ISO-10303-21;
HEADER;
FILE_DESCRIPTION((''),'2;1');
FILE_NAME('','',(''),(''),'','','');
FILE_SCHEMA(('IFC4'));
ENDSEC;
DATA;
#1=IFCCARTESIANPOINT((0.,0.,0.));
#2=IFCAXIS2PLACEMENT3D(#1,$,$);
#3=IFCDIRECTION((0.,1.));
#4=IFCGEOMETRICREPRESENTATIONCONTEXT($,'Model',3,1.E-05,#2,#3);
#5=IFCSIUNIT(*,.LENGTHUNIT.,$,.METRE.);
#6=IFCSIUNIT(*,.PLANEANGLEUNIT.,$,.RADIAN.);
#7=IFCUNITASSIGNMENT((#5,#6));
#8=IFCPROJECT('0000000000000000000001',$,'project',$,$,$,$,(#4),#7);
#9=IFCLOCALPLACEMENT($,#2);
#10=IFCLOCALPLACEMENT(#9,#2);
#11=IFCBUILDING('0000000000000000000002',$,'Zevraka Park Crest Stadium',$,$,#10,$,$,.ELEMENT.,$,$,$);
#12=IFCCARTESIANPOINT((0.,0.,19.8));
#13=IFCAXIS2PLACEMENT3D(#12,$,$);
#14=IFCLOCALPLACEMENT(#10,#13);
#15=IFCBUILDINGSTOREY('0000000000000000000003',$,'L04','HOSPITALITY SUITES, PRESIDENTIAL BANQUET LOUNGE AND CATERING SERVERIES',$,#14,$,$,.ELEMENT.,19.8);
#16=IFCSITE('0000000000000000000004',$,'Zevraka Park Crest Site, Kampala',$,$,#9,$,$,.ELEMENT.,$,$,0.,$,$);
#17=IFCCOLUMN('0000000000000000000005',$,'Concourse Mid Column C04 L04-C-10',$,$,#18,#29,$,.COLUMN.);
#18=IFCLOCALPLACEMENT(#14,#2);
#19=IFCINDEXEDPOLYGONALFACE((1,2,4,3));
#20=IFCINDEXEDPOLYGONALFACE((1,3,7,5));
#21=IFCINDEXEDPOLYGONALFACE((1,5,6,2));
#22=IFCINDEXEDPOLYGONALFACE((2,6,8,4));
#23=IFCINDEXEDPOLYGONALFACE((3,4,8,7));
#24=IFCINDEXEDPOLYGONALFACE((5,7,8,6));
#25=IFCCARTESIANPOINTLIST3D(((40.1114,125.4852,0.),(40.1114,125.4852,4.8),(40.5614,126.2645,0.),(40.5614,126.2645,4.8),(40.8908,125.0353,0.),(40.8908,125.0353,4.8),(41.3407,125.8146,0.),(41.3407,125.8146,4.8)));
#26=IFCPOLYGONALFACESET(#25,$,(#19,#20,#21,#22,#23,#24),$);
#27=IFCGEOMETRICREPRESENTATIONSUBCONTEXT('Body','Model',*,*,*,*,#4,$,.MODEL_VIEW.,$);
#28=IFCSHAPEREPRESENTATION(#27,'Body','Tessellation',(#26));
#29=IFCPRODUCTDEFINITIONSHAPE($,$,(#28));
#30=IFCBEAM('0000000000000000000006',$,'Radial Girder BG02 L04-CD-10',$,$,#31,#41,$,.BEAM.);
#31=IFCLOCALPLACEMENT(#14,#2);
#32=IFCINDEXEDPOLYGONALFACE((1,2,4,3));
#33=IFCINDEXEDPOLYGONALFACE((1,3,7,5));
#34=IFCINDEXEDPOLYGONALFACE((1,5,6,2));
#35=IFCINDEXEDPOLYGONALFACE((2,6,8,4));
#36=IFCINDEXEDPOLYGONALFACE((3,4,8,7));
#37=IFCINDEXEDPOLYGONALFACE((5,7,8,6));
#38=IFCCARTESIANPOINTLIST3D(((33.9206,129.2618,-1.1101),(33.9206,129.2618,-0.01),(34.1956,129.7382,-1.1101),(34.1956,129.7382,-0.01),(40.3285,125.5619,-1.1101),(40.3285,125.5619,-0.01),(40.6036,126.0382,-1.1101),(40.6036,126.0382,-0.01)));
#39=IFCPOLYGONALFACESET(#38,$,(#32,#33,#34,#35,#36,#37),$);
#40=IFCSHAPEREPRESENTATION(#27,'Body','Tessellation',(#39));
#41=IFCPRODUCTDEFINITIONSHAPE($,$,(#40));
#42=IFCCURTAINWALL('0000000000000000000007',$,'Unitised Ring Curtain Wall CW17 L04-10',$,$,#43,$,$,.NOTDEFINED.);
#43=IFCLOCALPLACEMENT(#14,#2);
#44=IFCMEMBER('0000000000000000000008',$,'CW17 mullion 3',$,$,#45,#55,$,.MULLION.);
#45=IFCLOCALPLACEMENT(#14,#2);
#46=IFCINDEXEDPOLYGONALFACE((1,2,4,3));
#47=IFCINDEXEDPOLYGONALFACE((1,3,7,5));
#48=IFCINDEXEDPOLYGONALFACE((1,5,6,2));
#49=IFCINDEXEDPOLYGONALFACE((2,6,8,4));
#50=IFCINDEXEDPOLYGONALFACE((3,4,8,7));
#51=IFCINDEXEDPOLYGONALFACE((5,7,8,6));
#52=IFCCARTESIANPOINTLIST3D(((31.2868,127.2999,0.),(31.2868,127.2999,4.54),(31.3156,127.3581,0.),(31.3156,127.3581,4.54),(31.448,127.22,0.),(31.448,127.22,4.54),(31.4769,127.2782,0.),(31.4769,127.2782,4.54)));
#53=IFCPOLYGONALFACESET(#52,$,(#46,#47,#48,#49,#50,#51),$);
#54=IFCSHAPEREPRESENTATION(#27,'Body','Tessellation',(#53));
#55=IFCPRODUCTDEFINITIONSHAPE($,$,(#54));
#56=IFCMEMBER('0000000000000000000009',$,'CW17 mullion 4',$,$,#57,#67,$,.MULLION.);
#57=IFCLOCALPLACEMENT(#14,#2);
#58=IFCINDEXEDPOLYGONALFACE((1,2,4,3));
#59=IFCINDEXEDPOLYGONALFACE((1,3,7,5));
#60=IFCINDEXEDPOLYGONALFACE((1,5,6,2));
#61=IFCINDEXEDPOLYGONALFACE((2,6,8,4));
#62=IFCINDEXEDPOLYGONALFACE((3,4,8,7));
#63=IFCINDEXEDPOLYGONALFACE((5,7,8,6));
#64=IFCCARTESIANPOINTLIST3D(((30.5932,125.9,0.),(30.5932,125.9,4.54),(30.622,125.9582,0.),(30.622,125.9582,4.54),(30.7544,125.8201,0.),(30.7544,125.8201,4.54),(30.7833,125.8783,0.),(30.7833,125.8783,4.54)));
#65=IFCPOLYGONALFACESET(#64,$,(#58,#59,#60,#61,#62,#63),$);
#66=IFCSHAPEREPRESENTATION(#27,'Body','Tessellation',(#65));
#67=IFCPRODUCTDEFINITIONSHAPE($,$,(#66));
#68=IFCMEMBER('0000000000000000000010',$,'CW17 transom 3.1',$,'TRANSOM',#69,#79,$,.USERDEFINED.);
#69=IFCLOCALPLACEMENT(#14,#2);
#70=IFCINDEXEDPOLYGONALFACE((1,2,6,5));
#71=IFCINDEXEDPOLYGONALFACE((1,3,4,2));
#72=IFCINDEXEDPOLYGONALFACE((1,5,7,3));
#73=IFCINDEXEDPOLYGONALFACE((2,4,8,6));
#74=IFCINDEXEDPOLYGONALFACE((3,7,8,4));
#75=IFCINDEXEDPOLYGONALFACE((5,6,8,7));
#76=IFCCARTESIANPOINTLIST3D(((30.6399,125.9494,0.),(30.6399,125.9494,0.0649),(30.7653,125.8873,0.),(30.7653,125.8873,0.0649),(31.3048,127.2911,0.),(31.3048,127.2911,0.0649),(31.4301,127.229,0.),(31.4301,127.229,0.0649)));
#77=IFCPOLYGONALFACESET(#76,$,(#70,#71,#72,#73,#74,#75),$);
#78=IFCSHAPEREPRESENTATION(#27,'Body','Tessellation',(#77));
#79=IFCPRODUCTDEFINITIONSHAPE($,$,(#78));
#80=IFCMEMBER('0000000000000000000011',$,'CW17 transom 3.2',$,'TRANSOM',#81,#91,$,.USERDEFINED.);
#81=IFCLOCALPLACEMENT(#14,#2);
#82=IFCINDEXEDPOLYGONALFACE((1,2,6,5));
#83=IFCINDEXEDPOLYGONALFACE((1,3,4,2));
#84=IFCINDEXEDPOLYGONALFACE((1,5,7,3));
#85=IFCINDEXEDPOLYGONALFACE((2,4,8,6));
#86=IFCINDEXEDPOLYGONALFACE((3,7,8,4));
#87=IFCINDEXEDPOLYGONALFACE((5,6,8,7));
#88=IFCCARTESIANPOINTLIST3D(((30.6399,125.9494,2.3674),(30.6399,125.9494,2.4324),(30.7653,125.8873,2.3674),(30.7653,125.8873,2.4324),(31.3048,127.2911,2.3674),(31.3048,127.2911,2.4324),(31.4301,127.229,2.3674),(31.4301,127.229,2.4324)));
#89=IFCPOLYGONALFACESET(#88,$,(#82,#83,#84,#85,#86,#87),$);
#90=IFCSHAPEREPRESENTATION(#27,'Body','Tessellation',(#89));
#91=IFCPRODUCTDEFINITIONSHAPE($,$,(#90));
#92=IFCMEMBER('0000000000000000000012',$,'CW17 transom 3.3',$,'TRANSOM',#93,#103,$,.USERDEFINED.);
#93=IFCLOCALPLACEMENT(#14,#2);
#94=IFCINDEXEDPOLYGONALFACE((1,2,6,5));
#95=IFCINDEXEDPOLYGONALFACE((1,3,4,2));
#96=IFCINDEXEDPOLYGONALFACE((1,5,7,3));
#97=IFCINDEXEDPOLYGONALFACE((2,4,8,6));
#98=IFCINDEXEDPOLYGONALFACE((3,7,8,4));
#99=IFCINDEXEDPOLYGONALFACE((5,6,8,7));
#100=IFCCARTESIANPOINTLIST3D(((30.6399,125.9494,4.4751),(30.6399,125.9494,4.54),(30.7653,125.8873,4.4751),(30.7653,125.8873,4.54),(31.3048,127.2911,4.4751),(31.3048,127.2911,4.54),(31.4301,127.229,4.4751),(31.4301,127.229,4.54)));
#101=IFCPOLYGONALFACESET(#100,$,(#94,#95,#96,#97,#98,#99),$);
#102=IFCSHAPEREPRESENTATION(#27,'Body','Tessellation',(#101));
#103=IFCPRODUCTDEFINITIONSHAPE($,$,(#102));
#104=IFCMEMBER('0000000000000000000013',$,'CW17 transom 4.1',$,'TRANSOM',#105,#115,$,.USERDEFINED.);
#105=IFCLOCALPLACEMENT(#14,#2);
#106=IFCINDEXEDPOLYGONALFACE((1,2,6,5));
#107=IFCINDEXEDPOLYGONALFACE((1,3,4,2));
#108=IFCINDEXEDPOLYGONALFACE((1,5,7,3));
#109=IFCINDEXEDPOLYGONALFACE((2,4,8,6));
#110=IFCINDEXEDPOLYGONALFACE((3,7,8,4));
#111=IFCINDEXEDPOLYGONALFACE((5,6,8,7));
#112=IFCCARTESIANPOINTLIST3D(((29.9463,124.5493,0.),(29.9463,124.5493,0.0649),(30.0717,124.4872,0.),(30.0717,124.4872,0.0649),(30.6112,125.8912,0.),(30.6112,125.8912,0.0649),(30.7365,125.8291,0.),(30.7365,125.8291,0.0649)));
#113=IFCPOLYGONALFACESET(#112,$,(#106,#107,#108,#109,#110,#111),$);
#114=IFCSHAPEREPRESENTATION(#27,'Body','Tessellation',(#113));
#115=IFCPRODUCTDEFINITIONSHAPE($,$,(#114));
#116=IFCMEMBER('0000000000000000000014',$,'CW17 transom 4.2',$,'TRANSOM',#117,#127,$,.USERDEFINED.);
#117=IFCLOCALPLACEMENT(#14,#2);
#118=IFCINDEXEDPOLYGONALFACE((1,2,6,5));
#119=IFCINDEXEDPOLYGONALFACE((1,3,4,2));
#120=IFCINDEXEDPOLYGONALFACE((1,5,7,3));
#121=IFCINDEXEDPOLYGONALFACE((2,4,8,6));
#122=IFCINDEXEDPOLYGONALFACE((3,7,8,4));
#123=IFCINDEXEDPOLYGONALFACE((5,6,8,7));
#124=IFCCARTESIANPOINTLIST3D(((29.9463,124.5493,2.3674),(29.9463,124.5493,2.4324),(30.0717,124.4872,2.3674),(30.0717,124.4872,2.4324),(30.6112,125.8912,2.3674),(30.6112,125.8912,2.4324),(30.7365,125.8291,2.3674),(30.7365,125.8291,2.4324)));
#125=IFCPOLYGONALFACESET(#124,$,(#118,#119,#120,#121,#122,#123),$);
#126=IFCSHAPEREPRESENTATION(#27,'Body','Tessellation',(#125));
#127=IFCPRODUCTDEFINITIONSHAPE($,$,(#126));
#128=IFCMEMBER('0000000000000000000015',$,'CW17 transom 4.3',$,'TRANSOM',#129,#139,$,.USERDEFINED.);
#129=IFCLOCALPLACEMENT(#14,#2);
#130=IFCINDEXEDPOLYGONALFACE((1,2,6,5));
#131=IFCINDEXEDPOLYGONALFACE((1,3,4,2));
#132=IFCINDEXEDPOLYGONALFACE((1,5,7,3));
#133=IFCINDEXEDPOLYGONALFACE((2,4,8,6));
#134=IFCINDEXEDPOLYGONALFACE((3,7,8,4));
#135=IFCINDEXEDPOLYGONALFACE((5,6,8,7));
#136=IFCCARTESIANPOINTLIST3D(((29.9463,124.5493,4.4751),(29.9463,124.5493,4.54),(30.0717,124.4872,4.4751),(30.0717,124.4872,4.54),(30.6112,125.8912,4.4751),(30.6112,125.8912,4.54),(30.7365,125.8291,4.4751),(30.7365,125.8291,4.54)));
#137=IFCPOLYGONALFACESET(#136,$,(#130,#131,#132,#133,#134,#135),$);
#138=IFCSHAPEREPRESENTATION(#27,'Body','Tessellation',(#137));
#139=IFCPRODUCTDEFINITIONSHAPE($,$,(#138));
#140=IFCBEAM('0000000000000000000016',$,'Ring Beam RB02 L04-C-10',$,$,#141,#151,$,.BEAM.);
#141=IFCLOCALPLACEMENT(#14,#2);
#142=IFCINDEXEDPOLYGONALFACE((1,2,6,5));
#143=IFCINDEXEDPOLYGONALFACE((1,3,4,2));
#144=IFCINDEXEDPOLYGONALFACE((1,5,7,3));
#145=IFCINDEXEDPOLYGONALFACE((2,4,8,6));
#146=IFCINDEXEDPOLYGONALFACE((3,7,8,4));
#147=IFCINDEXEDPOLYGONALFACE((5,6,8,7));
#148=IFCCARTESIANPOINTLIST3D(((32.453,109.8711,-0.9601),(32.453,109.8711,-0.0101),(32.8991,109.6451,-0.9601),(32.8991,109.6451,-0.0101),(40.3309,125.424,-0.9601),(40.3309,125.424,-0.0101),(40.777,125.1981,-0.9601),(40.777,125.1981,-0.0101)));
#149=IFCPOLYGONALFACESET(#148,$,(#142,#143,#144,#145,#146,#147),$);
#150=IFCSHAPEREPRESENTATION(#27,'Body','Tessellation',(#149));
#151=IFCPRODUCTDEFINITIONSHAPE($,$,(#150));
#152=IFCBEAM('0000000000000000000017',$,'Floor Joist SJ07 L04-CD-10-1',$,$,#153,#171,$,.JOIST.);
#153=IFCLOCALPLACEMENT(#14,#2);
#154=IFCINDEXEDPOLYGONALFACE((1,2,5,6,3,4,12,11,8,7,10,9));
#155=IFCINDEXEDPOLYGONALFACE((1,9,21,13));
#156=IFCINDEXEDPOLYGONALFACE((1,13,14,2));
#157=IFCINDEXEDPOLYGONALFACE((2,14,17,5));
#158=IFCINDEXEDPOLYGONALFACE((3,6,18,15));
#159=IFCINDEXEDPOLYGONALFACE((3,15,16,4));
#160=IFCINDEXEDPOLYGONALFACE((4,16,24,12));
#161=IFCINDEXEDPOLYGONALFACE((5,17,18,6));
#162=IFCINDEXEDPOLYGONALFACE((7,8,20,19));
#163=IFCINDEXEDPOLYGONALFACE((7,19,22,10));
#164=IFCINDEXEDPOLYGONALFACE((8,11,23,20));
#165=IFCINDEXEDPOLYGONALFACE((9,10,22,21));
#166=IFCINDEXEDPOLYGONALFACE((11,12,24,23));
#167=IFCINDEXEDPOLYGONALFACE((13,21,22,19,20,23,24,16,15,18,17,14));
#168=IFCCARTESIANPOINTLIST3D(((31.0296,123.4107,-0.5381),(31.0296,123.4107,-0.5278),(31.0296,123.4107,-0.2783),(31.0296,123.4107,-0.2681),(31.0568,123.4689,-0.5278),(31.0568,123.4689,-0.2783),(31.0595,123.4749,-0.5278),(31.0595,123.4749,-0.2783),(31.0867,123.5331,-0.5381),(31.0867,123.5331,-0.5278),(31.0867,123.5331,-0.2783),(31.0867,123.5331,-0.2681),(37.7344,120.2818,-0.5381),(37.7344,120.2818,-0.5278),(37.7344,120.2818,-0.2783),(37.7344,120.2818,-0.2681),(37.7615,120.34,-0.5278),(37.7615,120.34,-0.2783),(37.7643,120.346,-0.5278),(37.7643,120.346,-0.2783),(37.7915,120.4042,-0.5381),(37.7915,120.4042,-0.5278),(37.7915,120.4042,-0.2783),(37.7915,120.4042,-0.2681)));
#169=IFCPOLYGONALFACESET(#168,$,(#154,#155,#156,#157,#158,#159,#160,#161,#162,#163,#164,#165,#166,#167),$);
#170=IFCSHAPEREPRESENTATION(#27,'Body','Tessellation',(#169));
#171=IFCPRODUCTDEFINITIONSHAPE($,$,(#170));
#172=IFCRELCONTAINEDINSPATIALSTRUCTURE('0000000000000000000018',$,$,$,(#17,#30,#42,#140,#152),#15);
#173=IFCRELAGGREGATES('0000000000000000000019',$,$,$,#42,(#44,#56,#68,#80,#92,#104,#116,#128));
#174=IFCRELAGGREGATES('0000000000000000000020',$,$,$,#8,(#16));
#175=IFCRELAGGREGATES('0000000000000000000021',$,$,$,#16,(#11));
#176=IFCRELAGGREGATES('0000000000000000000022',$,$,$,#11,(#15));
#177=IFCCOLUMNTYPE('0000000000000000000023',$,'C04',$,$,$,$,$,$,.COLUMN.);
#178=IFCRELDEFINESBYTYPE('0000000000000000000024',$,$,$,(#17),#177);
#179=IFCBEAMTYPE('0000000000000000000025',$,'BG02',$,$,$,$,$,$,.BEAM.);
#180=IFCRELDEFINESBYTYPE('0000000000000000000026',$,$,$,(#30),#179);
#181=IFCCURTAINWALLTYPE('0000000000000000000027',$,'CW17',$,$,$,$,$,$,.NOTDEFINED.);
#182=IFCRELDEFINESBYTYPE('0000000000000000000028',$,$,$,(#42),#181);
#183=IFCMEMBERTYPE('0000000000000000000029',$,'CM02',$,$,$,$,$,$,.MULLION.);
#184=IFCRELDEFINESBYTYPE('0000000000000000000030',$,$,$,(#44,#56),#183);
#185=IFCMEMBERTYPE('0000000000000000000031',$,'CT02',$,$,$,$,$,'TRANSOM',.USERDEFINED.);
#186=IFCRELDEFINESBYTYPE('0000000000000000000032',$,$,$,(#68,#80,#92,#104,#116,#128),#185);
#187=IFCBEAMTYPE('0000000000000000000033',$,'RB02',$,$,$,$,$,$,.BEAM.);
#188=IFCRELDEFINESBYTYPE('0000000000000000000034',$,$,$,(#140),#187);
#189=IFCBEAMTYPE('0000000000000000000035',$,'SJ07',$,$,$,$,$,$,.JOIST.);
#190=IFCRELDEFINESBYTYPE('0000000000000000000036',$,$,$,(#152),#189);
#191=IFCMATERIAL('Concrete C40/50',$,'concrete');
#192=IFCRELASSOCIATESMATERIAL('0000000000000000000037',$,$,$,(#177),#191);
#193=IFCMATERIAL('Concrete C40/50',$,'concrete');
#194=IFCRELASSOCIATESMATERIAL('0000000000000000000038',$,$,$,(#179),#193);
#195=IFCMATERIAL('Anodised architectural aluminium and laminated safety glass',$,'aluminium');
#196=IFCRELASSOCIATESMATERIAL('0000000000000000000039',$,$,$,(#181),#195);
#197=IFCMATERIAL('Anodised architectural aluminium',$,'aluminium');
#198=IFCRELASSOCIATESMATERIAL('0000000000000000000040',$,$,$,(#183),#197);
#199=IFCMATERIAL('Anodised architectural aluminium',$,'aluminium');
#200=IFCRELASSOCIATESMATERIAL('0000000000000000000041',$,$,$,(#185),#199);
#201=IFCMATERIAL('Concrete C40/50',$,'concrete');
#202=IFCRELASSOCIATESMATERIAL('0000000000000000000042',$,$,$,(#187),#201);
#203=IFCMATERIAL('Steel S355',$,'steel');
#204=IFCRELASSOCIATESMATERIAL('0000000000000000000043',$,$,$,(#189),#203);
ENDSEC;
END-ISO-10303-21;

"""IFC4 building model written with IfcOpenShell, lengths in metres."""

from ifc_helpers import new_model, si_unit, direction, frame, origin, origin_2d, place, context, subcontext, project, spatial, rectangle, i_section, extrude, material, material_profile, profile_set, type_object, element, aggregate, save


model = new_model("IFC4")

# Units and contexts
model_context = context("Model", 3, precision=1e-05, world=origin(), true_north=direction((0.0, 1.0)))
body_context = subcontext(model_context, "Body", "Model", "MODEL_VIEW")
ifc_project = project(units=[si_unit("LENGTHUNIT", "METRE"), si_unit("PLANEANGLEUNIT", "RADIAN")], contexts=[model_context])

# Site, building, storey
site_placement = place(None, origin())
site = spatial("IfcSite", under=ifc_project, at=site_placement, Name="Zevraka Park Crest Site, Kampala", CompositionType="ELEMENT", RefElevation=0.0)
building_placement = place(site_placement, origin())
building = spatial("IfcBuilding", under=site, at=building_placement, Name="Zevraka Park Crest Stadium", CompositionType="ELEMENT")
storey_placement = place(building_placement, frame((0.0, 0.0, 19.8)))
storey = spatial("IfcBuildingStorey", under=building, at=storey_placement, Name="L04", Description="HOSPITALITY SUITES, PRESIDENTIAL BANQUET LOUNGE AND CATERING SERVERIES", CompositionType="ELEMENT", Elevation=19.8)

# Column
ifc_material_1 = material(Name="Concrete C40/50", Category="concrete")
ifc_material_profile_1 = material_profile(ifc_material_1, rectangle(XDim=0.8999, YDim=0.8999, at=origin_2d()), Name="RC 900x900")
ifc_profile_set_1 = profile_set([ifc_material_profile_1], Name="Concrete C40/50")
column_type = type_object("IfcColumnType", Name="C04", PredefinedType="COLUMN", material=ifc_profile_set_1)
column_placement = place(storey_placement, frame((40.7261, 125.6499, 0.0), z_axis=(0.0, 0.0, 1.0), x_axis=(-0.866025, 0.5, 0.0)))
element("IfcColumn", 1, at=column_placement, inside=storey, type_object=column_type, Name="Concourse Mid Column C04 L04-C-10", PredefinedType="COLUMN", context=body_context, shape_type="SweptSolid", body=[
    extrude(rectangle(XDim=0.8999, YDim=0.8999, at=origin_2d()), origin(), (0.0, 0.0, 1.0), 4.8),
])

# Beam
ifc_material_2 = material(Name="Concrete C40/50", Category="concrete")
ifc_material_profile_2 = material_profile(ifc_material_2, rectangle(XDim=0.55, YDim=1.1001, at=origin_2d()), Name="RC 1100x550")
ifc_profile_set_2 = profile_set([ifc_material_profile_2], Name="Concrete C40/50")
beam_type_1 = type_object("IfcBeamType", Name="BG02", PredefinedType="BEAM", material=ifc_profile_set_2)
beam_1_placement = place(storey_placement, frame((40.4661, 125.8, -0.5601), z_axis=(-0.866007, 0.500032, 0.0), x_axis=(-0.500032, -0.866007, 0.0)))
element("IfcBeam", 2, at=beam_1_placement, inside=storey, type_object=beam_type_1, Name="Radial Girder BG02 L04-CD-10", PredefinedType="BEAM", context=body_context, shape_type="SweptSolid", body=[
    extrude(rectangle(XDim=0.55, YDim=1.1001, at=origin_2d()), origin(), (0.0, 0.0, 1.0), 7.3994),
])

# Curtain wall, members
ifc_material_3 = material(Name="Anodised architectural aluminium and laminated safety glass", Category="aluminium")
curtain_wall_type = type_object("IfcCurtainWallType", Name="CW17", PredefinedType="NOTDEFINED", material=ifc_material_3)
curtain_wall_placement = place(storey_placement, origin())
curtain_wall = element("IfcCurtainWall", 3, at=curtain_wall_placement, inside=storey, type_object=curtain_wall_type, Name="Unitised Ring Curtain Wall CW17 L04-10", PredefinedType="NOTDEFINED")
ifc_material_4 = material(Name="Anodised architectural aluminium", Category="aluminium")
ifc_material_profile_3 = material_profile(ifc_material_4, rectangle(XDim=0.1799, YDim=0.0649, at=origin_2d()), Name="ALU MULLION 180x65")
ifc_profile_set_3 = profile_set([ifc_material_profile_3], Name="Anodised architectural aluminium")
member_type_1 = type_object("IfcMemberType", Name="CM02", PredefinedType="MULLION", material=ifc_profile_set_3)
member_1_placement = place(storey_placement, frame((31.3818, 127.2891, 0.0), z_axis=(0.0, 0.0, 1.0), x_axis=(0.896046, -0.443961, 0.0)))
member_1 = element("IfcMember", 4, at=member_1_placement, type_object=member_type_1, Name="CW17 mullion 3", PredefinedType="MULLION", context=body_context, shape_type="SweptSolid", body=[
    extrude(rectangle(XDim=0.1799, YDim=0.0649, at=origin_2d()), origin(), (0.0, 0.0, 1.0), 4.54),
])
member_2_placement = place(storey_placement, frame((30.6882, 125.8892, 0.0), z_axis=(0.0, 0.0, 1.0), x_axis=(0.896046, -0.443961, 0.0)))
member_2 = element("IfcMember", 5, at=member_2_placement, type_object=member_type_1, Name="CW17 mullion 4", PredefinedType="MULLION", context=body_context, shape_type="SweptSolid", body=[
    extrude(rectangle(XDim=0.1799, YDim=0.0649, at=origin_2d()), origin(), (0.0, 0.0, 1.0), 4.54),
])
ifc_material_5 = material(Name="Anodised architectural aluminium", Category="aluminium")
ifc_material_profile_4 = material_profile(ifc_material_5, rectangle(XDim=0.1399, YDim=0.0649, at=origin_2d()), Name="ALU TRANSOM 140x65")
ifc_profile_set_4 = profile_set([ifc_material_profile_4], Name="Anodised architectural aluminium")
member_type_2 = type_object("IfcMemberType", Name="CT02", ElementType="TRANSOM", PredefinedType="USERDEFINED", material=ifc_profile_set_4)
member_3_placement = place(storey_placement, frame((31.3674, 127.26, 0.0325), z_axis=(-0.444015, -0.896019, 0.0), x_axis=(0.896019, -0.444015, 0.0)))
member_3 = element("IfcMember", 6, at=member_3_placement, type_object=member_type_2, Name="CW17 transom 3.1", ObjectType="TRANSOM", PredefinedType="USERDEFINED", context=body_context, shape_type="SweptSolid", body=[
    extrude(rectangle(XDim=0.1399, YDim=0.0649, at=origin_2d()), origin(), (0.0, 0.0, 1.0), 1.4973),
])
member_4_placement = place(storey_placement, frame((31.3674, 127.26, 2.3999), z_axis=(-0.444015, -0.896019, 0.0), x_axis=(0.896019, -0.444015, 0.0)))
member_4 = element("IfcMember", 7, at=member_4_placement, type_object=member_type_2, Name="CW17 transom 3.2", ObjectType="TRANSOM", PredefinedType="USERDEFINED", context=body_context, shape_type="SweptSolid", body=[
    extrude(rectangle(XDim=0.1399, YDim=0.0649, at=origin_2d()), origin(), (0.0, 0.0, 1.0), 1.4973),
])
member_5_placement = place(storey_placement, frame((31.3674, 127.26, 4.5076), z_axis=(-0.444015, -0.896019, 0.0), x_axis=(0.896019, -0.444015, 0.0)))
member_5 = element("IfcMember", 8, at=member_5_placement, type_object=member_type_2, Name="CW17 transom 3.3", ObjectType="TRANSOM", PredefinedType="USERDEFINED", context=body_context, shape_type="SweptSolid", body=[
    extrude(rectangle(XDim=0.1399, YDim=0.0649, at=origin_2d()), origin(), (0.0, 0.0, 1.0), 1.4973),
])
member_6_placement = place(storey_placement, frame((30.6738, 125.8601, 0.0325), z_axis=(-0.44395, -0.896052, 0.0), x_axis=(0.896052, -0.44395, 0.0)))
member_6 = element("IfcMember", 9, at=member_6_placement, type_object=member_type_2, Name="CW17 transom 4.1", ObjectType="TRANSOM", PredefinedType="USERDEFINED", context=body_context, shape_type="SweptSolid", body=[
    extrude(rectangle(XDim=0.1399, YDim=0.0649, at=origin_2d()), origin(), (0.0, 0.0, 1.0), 1.4976),
])
member_7_placement = place(storey_placement, frame((30.6738, 125.8601, 2.3999), z_axis=(-0.44395, -0.896052, 0.0), x_axis=(0.896052, -0.44395, 0.0)))
member_7 = element("IfcMember", 10, at=member_7_placement, type_object=member_type_2, Name="CW17 transom 4.2", ObjectType="TRANSOM", PredefinedType="USERDEFINED", context=body_context, shape_type="SweptSolid", body=[
    extrude(rectangle(XDim=0.1399, YDim=0.0649, at=origin_2d()), origin(), (0.0, 0.0, 1.0), 1.4976),
])
member_8_placement = place(storey_placement, frame((30.6738, 125.8601, 4.5076), z_axis=(-0.44395, -0.896052, 0.0), x_axis=(0.896052, -0.44395, 0.0)))
member_8 = element("IfcMember", 11, at=member_8_placement, type_object=member_type_2, Name="CW17 transom 4.3", ObjectType="TRANSOM", PredefinedType="USERDEFINED", context=body_context, shape_type="SweptSolid", body=[
    extrude(rectangle(XDim=0.1399, YDim=0.0649, at=origin_2d()), origin(), (0.0, 0.0, 1.0), 1.4976),
])

# Beams
ifc_material_6 = material(Name="Concrete C40/50", Category="concrete")
ifc_material_profile_5 = material_profile(ifc_material_6, rectangle(XDim=0.5, YDim=0.95, at=origin_2d()), Name="RC 950x500")
ifc_profile_set_5 = profile_set([ifc_material_profile_5], Name="Concrete C40/50")
beam_type_2 = type_object("IfcBeamType", Name="RB02", PredefinedType="BEAM", material=ifc_profile_set_5)
beam_2_placement = place(storey_placement, frame((40.554, 125.311, -0.4851), z_axis=(-0.451862, -0.892088, 0.0), x_axis=(0.892088, -0.451862, 0.0)))
element("IfcBeam", 12, at=beam_2_placement, inside=storey, type_object=beam_type_2, Name="Ring Beam RB02 L04-C-10", PredefinedType="BEAM", context=body_context, shape_type="SweptSolid", body=[
    extrude(rectangle(XDim=0.5, YDim=0.95, at=origin_2d()), origin(), (0.0, 0.0, 1.0), 17.4343),
])
ifc_material_7 = material(Name="Steel S355", Category="steel")
ifc_material_profile_6 = material_profile(ifc_material_7, i_section(OverallWidth=0.135, OverallDepth=0.27, WebThickness=0.0066, FlangeThickness=0.0103, at=origin_2d()), Name="IPE 270")
ifc_profile_set_6 = profile_set([ifc_material_profile_6], Name="Steel S355")
beam_type_3 = type_object("IfcBeamType", Name="SJ07", PredefinedType="JOIST", material=ifc_profile_set_6)
beam_3_placement = place(storey_placement, frame((37.7629, 120.343, -0.4031), z_axis=(-0.906184, 0.422884, 0.0), x_axis=(-0.422884, -0.906184, 0.0)))
element("IfcBeam", 13, at=beam_3_placement, inside=storey, type_object=beam_type_3, Name="Floor Joist SJ07 L04-CD-10-1", PredefinedType="JOIST", context=body_context, shape_type="SweptSolid", body=[
    extrude(i_section(OverallWidth=0.135, OverallDepth=0.27, WebThickness=0.0066, FlangeThickness=0.0103, at=origin_2d()), origin(), (0.0, 0.0, 1.0), 7.3989),
])

aggregate(curtain_wall, [member_1, member_2, member_3, member_4, member_5, member_6, member_7, member_8])

save(model, "model.ifc")
